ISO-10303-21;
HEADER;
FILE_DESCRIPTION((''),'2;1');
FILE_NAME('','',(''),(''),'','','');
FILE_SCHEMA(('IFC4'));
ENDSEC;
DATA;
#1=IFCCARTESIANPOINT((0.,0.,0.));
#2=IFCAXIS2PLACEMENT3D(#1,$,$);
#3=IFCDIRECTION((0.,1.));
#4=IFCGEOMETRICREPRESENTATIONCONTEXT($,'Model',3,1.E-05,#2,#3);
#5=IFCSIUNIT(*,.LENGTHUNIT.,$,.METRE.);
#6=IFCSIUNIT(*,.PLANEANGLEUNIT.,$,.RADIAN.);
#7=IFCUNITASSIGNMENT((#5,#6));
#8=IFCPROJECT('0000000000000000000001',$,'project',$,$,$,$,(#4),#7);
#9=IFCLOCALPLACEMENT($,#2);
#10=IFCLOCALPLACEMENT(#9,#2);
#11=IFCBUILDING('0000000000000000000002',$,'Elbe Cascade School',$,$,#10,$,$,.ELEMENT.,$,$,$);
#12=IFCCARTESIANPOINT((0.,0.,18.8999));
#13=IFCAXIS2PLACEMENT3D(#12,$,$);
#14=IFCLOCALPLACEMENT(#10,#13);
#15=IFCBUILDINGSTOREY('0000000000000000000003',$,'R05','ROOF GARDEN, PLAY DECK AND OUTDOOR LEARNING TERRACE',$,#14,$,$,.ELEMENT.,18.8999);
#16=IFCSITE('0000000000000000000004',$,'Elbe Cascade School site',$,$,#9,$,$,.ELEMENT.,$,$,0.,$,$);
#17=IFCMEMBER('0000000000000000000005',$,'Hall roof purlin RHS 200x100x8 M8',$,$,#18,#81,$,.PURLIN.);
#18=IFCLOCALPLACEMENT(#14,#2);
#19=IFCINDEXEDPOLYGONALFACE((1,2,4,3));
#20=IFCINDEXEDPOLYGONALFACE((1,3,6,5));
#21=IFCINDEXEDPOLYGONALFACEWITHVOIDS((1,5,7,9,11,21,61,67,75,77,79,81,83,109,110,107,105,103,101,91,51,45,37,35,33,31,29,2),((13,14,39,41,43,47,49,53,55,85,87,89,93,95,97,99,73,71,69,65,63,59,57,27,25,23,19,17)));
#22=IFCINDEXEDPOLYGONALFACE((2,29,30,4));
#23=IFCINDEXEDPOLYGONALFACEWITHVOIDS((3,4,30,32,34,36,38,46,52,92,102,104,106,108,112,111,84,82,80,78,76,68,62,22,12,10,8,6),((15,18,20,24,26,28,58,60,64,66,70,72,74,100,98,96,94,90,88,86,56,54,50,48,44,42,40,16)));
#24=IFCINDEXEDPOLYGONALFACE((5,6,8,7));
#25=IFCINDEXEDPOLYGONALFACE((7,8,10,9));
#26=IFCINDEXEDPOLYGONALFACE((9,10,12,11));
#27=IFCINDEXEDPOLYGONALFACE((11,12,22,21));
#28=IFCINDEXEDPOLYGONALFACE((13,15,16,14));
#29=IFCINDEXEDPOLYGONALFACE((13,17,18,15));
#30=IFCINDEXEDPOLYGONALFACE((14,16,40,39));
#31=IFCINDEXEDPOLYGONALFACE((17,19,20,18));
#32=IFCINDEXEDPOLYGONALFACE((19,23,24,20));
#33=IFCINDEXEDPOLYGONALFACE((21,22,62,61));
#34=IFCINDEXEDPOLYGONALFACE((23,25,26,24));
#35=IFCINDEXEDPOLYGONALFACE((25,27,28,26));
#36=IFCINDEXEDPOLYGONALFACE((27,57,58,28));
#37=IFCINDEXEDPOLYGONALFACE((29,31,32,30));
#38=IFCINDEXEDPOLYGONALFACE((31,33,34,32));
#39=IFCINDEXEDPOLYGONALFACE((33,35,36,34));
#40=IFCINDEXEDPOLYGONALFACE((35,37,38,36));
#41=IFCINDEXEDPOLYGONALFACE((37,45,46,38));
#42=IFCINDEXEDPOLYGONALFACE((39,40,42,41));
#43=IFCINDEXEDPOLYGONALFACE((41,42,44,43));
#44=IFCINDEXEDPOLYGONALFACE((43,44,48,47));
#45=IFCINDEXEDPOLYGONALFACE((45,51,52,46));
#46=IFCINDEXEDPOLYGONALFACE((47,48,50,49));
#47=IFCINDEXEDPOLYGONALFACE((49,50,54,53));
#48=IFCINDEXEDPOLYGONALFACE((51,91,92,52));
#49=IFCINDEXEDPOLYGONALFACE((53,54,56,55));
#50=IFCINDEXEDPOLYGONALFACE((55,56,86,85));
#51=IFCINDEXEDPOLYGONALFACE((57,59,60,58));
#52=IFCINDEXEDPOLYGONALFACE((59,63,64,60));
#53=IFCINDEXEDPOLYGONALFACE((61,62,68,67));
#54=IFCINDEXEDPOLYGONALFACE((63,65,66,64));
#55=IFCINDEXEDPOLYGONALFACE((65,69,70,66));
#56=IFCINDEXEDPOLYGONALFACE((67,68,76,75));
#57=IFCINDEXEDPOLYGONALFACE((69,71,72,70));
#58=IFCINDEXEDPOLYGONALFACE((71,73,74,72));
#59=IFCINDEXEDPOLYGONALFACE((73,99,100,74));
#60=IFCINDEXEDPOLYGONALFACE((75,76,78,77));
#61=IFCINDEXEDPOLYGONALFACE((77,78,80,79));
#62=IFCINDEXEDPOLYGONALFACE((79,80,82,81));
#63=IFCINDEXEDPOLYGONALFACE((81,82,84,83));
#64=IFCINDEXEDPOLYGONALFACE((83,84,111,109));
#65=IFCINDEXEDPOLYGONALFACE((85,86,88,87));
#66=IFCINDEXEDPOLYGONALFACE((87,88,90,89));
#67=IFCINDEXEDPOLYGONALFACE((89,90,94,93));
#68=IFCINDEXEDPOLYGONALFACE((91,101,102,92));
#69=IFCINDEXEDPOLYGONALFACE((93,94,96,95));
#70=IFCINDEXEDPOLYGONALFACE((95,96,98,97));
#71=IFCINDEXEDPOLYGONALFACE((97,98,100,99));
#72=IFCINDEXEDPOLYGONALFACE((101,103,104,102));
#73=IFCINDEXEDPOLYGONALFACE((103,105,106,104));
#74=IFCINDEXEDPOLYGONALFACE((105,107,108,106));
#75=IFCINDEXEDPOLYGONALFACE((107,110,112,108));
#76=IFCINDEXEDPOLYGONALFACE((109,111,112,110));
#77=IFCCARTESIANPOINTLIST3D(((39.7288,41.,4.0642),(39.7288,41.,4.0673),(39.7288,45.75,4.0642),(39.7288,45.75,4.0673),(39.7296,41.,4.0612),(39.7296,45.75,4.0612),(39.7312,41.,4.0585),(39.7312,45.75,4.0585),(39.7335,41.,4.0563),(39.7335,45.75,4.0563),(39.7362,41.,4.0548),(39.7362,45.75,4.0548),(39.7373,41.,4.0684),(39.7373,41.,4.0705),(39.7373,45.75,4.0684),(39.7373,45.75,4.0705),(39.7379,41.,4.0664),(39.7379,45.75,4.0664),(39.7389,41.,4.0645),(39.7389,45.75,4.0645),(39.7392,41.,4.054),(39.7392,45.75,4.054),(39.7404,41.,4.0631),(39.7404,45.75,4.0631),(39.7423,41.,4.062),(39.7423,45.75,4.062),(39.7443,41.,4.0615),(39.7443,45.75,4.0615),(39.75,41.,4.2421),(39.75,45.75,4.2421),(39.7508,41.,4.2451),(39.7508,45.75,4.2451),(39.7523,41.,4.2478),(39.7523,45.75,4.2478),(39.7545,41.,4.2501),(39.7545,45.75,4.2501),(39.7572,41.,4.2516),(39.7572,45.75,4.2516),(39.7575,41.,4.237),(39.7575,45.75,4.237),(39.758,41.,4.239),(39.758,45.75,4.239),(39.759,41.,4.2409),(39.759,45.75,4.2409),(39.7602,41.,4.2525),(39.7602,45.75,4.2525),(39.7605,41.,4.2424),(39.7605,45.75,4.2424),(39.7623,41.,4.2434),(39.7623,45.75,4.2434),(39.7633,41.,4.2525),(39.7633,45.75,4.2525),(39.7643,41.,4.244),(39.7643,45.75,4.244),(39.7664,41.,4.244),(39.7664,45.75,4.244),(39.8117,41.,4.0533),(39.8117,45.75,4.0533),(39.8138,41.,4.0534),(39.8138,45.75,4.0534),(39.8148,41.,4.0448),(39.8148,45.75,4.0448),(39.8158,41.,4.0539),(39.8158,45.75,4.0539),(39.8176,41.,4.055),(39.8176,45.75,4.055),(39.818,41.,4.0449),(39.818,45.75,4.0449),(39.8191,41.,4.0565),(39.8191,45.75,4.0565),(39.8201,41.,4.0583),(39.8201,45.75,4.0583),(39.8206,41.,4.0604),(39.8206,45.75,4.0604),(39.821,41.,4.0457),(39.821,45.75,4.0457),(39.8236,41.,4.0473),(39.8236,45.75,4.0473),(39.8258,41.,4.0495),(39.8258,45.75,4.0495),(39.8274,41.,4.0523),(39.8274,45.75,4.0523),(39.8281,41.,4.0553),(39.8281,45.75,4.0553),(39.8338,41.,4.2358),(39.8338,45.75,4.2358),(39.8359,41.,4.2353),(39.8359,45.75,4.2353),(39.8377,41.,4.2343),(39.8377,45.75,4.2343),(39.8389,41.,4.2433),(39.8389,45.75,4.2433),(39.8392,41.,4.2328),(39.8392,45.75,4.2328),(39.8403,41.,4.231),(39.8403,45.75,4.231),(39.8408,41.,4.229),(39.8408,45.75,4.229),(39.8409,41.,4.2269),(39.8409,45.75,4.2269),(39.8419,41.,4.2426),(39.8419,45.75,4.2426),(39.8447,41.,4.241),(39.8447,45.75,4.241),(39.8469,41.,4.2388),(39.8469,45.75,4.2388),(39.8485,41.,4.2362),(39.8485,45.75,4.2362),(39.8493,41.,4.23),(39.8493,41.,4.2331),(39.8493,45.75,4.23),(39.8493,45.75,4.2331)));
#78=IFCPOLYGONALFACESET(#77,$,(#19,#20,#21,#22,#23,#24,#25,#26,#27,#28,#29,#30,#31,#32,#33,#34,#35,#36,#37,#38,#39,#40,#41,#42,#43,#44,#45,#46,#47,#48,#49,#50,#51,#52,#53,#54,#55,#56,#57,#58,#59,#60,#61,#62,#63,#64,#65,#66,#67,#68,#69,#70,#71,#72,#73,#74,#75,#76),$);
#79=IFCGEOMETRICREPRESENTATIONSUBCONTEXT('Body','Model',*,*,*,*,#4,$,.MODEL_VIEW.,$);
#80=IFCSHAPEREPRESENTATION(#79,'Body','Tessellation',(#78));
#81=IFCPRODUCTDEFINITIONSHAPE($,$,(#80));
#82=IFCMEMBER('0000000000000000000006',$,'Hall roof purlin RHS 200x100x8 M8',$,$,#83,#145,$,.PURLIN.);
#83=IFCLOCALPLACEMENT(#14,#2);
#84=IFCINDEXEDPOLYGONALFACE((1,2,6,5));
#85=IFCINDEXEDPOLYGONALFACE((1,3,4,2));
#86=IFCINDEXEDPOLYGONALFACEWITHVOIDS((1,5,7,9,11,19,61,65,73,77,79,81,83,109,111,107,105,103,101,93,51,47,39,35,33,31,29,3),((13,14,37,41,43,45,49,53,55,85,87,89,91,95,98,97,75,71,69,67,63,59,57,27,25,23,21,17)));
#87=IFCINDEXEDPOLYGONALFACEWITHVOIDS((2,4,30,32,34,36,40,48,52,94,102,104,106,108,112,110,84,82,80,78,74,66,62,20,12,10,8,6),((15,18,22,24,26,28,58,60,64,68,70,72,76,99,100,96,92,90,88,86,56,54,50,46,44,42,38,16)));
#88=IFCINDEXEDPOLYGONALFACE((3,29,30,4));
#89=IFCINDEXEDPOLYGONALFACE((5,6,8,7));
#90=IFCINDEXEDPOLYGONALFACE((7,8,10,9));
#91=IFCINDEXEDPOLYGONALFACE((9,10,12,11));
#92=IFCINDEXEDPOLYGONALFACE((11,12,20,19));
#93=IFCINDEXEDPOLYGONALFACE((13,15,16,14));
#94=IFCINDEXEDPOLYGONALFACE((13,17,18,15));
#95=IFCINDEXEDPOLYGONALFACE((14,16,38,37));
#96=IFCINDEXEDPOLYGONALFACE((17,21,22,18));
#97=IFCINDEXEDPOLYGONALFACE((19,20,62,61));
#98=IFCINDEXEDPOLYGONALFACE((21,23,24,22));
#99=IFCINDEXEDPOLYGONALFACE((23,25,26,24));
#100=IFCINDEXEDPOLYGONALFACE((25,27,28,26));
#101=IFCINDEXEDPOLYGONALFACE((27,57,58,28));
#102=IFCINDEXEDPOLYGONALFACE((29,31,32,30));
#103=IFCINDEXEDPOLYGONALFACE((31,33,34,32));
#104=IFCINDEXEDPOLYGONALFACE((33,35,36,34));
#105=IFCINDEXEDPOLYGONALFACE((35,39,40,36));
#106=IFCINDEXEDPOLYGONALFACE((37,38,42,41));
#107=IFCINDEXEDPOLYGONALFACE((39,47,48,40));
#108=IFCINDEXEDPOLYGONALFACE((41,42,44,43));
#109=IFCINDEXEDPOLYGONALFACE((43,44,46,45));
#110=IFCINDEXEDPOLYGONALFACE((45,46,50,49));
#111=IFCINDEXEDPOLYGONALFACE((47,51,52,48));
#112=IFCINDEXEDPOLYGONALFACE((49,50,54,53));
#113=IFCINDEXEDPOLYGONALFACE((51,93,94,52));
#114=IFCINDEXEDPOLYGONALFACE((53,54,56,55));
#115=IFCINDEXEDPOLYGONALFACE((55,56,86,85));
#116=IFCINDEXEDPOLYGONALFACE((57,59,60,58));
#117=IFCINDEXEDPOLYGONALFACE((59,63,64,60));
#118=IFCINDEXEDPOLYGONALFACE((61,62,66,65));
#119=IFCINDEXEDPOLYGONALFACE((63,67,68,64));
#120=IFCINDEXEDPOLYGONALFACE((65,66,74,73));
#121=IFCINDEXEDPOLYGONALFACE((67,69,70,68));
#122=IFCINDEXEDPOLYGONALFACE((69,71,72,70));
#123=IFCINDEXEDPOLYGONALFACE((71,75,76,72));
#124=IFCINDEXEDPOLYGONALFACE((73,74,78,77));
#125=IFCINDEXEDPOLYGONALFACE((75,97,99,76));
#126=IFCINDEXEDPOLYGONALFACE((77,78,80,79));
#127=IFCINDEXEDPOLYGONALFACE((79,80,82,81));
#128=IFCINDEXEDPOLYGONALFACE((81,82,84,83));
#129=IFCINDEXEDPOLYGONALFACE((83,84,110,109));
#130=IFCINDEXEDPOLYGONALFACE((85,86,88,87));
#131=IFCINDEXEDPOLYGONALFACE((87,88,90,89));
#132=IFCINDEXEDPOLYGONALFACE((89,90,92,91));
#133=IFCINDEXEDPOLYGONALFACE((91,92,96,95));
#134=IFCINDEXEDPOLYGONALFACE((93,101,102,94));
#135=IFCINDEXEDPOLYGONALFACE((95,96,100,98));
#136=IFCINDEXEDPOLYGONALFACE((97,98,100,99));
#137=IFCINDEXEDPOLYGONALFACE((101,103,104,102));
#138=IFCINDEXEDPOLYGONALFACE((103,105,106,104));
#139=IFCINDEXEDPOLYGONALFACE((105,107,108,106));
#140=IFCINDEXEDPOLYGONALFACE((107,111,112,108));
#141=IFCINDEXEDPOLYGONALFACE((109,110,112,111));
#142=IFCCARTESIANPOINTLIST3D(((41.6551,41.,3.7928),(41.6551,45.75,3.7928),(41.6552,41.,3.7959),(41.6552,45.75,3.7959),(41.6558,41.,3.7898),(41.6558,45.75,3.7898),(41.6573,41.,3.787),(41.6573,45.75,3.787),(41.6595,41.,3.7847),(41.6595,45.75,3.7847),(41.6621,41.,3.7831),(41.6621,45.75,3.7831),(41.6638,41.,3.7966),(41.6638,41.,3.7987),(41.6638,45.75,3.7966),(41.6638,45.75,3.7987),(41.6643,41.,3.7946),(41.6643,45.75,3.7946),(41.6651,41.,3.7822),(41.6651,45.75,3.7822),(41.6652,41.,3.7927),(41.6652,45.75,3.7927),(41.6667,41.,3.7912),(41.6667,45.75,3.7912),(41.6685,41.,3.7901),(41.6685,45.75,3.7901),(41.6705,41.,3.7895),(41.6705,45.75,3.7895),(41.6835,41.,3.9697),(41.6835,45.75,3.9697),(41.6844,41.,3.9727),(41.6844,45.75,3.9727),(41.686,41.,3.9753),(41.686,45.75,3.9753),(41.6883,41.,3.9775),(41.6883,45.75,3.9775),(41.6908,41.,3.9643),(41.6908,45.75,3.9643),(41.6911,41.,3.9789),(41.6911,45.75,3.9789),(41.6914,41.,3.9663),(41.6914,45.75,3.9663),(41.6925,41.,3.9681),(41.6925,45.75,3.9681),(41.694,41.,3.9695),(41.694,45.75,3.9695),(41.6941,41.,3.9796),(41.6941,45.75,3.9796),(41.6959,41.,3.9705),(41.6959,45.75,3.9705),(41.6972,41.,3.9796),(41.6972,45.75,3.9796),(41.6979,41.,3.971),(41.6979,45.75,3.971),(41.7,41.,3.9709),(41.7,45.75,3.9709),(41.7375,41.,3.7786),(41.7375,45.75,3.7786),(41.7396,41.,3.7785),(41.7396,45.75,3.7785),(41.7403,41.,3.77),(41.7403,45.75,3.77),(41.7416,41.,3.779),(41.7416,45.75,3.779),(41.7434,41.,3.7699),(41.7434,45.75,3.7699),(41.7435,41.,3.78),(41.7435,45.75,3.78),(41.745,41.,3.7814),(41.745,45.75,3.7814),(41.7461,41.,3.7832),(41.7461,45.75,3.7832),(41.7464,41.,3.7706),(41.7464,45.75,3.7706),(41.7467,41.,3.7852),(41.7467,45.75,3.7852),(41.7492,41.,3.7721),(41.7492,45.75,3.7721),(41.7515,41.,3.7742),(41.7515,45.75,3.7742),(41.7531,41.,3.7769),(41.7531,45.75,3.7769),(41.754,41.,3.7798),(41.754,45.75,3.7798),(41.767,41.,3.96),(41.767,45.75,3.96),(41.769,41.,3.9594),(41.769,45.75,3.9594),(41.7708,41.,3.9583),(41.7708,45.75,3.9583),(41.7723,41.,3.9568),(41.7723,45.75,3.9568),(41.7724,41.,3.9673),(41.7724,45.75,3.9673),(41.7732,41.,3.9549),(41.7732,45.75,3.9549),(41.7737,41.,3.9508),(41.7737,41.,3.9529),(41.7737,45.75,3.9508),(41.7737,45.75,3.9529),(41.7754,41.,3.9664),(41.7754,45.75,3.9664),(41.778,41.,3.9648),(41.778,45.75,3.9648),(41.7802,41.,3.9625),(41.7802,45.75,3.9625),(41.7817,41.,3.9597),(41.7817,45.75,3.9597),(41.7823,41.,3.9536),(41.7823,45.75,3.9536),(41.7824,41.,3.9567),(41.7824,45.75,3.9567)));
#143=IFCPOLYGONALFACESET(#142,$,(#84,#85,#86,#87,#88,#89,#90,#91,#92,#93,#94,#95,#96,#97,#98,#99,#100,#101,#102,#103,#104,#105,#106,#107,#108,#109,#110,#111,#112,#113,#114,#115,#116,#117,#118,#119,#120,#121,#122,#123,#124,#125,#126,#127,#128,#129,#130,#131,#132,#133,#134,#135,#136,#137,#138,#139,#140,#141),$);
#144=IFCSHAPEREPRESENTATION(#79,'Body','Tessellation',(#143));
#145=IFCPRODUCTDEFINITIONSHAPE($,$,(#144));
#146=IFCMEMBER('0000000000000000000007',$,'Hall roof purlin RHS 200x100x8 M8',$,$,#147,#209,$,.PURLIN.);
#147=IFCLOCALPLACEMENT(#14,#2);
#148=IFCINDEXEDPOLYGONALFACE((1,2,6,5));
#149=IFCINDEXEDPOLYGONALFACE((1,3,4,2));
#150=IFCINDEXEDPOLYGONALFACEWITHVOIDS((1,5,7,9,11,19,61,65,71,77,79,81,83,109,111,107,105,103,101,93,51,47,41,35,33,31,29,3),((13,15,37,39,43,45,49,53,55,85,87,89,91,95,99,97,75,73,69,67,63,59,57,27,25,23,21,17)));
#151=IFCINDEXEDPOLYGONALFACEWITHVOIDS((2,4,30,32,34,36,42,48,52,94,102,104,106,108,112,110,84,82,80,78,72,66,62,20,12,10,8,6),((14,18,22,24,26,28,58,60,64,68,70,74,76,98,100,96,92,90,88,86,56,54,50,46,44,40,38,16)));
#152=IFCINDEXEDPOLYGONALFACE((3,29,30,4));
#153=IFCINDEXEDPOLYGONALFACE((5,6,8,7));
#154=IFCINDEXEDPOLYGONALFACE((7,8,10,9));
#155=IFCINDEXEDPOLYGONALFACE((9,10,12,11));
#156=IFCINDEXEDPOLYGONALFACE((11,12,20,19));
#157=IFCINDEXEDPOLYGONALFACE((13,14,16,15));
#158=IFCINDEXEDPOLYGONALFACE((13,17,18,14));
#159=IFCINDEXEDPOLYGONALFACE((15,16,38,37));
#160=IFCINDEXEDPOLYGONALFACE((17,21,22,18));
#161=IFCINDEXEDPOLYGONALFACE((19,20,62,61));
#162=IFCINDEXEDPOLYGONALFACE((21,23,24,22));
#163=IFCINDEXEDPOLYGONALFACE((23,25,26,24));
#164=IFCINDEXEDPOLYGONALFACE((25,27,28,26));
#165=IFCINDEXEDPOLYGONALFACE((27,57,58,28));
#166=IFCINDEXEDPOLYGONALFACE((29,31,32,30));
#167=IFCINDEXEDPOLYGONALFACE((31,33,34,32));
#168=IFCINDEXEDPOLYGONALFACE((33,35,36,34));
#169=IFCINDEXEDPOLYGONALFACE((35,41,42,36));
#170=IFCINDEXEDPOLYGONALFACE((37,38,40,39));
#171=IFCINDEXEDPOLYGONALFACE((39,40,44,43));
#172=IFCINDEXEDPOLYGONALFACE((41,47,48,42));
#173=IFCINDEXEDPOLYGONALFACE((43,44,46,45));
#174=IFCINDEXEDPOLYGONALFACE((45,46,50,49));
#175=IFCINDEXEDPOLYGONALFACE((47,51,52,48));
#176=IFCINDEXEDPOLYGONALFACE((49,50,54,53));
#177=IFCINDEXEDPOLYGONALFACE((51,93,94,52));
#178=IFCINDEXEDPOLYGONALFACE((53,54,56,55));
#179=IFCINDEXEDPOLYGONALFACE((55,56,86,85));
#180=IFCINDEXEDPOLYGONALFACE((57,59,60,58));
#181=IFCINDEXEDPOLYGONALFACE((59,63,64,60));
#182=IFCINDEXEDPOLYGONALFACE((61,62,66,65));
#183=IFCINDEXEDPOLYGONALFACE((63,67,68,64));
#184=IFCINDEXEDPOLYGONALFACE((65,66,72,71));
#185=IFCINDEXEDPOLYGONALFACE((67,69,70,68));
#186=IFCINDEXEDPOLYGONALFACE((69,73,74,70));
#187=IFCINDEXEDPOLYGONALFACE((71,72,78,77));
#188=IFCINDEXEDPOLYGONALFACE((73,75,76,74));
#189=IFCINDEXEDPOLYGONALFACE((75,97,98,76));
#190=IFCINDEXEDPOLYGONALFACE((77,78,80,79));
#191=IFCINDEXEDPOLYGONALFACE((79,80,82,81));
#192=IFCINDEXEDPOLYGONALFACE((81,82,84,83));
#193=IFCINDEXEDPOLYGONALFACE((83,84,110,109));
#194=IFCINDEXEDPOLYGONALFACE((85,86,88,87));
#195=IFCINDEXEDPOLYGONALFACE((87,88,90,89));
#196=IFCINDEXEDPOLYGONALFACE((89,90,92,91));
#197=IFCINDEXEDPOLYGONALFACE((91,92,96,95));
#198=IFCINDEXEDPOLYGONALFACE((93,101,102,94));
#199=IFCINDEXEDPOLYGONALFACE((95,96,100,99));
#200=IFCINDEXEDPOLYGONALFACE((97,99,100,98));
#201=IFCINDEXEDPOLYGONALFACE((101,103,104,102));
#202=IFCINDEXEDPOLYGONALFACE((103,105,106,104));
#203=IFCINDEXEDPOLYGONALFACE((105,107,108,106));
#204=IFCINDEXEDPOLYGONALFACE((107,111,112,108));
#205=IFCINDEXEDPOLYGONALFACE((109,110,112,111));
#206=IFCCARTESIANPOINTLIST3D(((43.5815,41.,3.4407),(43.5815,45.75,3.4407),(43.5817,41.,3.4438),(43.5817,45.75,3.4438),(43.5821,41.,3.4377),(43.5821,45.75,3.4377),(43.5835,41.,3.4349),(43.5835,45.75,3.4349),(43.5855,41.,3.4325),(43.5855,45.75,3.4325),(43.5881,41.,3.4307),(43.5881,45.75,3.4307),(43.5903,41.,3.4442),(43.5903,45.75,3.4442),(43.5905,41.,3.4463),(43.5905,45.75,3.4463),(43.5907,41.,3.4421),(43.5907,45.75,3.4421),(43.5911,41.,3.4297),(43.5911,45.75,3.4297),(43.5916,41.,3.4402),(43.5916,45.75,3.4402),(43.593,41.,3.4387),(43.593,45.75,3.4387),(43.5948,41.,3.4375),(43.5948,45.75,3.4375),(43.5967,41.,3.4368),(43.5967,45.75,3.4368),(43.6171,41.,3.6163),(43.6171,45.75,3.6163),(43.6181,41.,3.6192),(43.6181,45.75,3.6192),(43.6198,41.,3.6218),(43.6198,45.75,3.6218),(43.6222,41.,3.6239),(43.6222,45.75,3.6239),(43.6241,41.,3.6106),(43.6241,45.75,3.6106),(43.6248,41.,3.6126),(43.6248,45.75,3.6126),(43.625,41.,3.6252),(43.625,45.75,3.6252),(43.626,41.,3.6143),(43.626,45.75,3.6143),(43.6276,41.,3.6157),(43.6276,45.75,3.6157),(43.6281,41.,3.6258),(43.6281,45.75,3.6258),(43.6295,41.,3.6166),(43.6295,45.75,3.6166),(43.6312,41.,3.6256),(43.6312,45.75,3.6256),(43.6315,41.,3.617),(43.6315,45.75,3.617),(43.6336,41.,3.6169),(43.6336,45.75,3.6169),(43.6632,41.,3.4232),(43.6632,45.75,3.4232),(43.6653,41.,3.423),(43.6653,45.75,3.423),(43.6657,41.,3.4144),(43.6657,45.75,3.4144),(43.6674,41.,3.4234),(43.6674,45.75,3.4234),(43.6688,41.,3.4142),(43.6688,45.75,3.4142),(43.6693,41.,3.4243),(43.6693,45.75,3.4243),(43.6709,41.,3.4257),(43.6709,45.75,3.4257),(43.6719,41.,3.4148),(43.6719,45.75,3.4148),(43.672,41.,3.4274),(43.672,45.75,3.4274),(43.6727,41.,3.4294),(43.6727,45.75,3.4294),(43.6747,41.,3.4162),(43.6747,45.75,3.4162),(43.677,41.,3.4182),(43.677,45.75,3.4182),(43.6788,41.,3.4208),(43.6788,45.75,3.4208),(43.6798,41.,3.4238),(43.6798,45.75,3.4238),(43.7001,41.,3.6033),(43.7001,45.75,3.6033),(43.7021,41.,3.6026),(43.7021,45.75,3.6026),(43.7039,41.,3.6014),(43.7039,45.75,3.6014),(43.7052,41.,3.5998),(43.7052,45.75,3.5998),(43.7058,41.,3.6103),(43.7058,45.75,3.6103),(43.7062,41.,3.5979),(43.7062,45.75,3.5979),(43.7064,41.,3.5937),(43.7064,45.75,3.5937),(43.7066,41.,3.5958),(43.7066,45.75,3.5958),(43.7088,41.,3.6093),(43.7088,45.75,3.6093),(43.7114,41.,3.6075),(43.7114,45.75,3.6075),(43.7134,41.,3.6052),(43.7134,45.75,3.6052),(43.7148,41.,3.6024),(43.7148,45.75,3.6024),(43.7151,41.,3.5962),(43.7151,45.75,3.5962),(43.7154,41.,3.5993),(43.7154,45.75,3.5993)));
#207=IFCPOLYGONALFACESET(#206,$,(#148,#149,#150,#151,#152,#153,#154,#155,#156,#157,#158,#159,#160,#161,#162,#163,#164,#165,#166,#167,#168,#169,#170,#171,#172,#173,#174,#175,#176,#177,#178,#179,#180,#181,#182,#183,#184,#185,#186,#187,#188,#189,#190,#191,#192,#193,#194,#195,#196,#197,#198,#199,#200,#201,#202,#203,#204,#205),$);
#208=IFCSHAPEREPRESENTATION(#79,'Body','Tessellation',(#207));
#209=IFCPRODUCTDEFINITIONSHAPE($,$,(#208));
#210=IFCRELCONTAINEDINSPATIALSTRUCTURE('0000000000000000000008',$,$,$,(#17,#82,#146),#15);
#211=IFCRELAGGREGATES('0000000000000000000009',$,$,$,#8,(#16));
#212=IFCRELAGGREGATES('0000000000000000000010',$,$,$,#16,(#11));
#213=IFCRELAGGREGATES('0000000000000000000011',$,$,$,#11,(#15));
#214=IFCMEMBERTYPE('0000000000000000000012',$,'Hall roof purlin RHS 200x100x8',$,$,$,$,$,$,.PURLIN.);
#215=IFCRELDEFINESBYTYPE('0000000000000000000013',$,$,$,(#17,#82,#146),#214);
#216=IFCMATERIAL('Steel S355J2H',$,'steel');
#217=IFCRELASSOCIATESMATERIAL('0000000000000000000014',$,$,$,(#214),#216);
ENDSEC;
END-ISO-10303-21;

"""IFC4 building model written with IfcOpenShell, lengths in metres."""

from ifc_helpers import new_model, si_unit, direction, frame, origin, origin_2d, place, context, subcontext, project, spatial, hollow_rectangle, extrude, material, material_profile, profile_set, type_object, element, save


model = new_model("IFC4")

# Units and contexts
model_context = context("Model", 3, precision=1e-05, world=origin(), true_north=direction((0.0, 1.0)))
body_context = subcontext(model_context, "Body", "Model", "MODEL_VIEW")
ifc_project = project(units=[si_unit("LENGTHUNIT", "METRE"), si_unit("PLANEANGLEUNIT", "RADIAN")], contexts=[model_context])

# Site, building, storey
site_placement = place(None, origin())
site = spatial("IfcSite", under=ifc_project, at=site_placement, Name="Elbe Cascade School site", CompositionType="ELEMENT", RefElevation=0.0)
building_placement = place(site_placement, origin())
building = spatial("IfcBuilding", under=site, at=building_placement, Name="Elbe Cascade School", CompositionType="ELEMENT")
storey_placement = place(building_placement, frame((0.0, 0.0, 18.8999)))
storey = spatial("IfcBuildingStorey", under=building, at=storey_placement, Name="R05", Description="ROOF GARDEN, PLAY DECK AND OUTDOOR LEARNING TERRACE", CompositionType="ELEMENT", Elevation=18.8999)

# Members
ifc_material_1 = material(Name="Steel S355J2H", Category="steel")
ifc_material_profile_1 = material_profile(ifc_material_1, hollow_rectangle(XDim=0.1001, YDim=0.2, WallThickness=0.0081, InnerFilletRadius=0.0081, OuterFilletRadius=0.012, at=origin_2d()), Name="RHS 200x100x8")
ifc_profile_set_1 = profile_set([ifc_material_profile_1], Name="Steel S355J2H")
member_type_1 = type_object("IfcMemberType", Name="Hall roof purlin RHS 200x100x8", PredefinedType="PURLIN", material=ifc_profile_set_1)
for number, where, z_axis, x_axis, name in (
    (1, (39.7891, 41.0, 4.1487), (0.0, 1.0, 0.0), (-0.992718, 0.0, 0.120463), "Hall roof purlin RHS 200x100x8 M8"),
    (2, (41.7188, 41.0, 3.8748), (0.0, 1.0, 0.0), (-0.987017, 0.0, 0.160618), "Hall roof purlin RHS 200x100x8 M8"),
    (3, (43.6484, 41.0, 3.52), (0.0, 1.0, 0.0), (-0.979638, 0.0, 0.200772), "Hall roof purlin RHS 200x100x8 M8"),
):
    element("IfcMember", number, at=place(storey_placement, frame(where, z_axis=z_axis, x_axis=x_axis)), inside=storey, type_object=member_type_1, Name=name, PredefinedType="PURLIN", context=body_context, shape_type="SweptSolid", body=[
        extrude(hollow_rectangle(XDim=0.1001, YDim=0.2, WallThickness=0.0081, InnerFilletRadius=0.0081, OuterFilletRadius=0.012, at=origin_2d()), origin(), (0.0, 0.0, 1.0), 4.75),
    ])

save(model, "model.ifc")
